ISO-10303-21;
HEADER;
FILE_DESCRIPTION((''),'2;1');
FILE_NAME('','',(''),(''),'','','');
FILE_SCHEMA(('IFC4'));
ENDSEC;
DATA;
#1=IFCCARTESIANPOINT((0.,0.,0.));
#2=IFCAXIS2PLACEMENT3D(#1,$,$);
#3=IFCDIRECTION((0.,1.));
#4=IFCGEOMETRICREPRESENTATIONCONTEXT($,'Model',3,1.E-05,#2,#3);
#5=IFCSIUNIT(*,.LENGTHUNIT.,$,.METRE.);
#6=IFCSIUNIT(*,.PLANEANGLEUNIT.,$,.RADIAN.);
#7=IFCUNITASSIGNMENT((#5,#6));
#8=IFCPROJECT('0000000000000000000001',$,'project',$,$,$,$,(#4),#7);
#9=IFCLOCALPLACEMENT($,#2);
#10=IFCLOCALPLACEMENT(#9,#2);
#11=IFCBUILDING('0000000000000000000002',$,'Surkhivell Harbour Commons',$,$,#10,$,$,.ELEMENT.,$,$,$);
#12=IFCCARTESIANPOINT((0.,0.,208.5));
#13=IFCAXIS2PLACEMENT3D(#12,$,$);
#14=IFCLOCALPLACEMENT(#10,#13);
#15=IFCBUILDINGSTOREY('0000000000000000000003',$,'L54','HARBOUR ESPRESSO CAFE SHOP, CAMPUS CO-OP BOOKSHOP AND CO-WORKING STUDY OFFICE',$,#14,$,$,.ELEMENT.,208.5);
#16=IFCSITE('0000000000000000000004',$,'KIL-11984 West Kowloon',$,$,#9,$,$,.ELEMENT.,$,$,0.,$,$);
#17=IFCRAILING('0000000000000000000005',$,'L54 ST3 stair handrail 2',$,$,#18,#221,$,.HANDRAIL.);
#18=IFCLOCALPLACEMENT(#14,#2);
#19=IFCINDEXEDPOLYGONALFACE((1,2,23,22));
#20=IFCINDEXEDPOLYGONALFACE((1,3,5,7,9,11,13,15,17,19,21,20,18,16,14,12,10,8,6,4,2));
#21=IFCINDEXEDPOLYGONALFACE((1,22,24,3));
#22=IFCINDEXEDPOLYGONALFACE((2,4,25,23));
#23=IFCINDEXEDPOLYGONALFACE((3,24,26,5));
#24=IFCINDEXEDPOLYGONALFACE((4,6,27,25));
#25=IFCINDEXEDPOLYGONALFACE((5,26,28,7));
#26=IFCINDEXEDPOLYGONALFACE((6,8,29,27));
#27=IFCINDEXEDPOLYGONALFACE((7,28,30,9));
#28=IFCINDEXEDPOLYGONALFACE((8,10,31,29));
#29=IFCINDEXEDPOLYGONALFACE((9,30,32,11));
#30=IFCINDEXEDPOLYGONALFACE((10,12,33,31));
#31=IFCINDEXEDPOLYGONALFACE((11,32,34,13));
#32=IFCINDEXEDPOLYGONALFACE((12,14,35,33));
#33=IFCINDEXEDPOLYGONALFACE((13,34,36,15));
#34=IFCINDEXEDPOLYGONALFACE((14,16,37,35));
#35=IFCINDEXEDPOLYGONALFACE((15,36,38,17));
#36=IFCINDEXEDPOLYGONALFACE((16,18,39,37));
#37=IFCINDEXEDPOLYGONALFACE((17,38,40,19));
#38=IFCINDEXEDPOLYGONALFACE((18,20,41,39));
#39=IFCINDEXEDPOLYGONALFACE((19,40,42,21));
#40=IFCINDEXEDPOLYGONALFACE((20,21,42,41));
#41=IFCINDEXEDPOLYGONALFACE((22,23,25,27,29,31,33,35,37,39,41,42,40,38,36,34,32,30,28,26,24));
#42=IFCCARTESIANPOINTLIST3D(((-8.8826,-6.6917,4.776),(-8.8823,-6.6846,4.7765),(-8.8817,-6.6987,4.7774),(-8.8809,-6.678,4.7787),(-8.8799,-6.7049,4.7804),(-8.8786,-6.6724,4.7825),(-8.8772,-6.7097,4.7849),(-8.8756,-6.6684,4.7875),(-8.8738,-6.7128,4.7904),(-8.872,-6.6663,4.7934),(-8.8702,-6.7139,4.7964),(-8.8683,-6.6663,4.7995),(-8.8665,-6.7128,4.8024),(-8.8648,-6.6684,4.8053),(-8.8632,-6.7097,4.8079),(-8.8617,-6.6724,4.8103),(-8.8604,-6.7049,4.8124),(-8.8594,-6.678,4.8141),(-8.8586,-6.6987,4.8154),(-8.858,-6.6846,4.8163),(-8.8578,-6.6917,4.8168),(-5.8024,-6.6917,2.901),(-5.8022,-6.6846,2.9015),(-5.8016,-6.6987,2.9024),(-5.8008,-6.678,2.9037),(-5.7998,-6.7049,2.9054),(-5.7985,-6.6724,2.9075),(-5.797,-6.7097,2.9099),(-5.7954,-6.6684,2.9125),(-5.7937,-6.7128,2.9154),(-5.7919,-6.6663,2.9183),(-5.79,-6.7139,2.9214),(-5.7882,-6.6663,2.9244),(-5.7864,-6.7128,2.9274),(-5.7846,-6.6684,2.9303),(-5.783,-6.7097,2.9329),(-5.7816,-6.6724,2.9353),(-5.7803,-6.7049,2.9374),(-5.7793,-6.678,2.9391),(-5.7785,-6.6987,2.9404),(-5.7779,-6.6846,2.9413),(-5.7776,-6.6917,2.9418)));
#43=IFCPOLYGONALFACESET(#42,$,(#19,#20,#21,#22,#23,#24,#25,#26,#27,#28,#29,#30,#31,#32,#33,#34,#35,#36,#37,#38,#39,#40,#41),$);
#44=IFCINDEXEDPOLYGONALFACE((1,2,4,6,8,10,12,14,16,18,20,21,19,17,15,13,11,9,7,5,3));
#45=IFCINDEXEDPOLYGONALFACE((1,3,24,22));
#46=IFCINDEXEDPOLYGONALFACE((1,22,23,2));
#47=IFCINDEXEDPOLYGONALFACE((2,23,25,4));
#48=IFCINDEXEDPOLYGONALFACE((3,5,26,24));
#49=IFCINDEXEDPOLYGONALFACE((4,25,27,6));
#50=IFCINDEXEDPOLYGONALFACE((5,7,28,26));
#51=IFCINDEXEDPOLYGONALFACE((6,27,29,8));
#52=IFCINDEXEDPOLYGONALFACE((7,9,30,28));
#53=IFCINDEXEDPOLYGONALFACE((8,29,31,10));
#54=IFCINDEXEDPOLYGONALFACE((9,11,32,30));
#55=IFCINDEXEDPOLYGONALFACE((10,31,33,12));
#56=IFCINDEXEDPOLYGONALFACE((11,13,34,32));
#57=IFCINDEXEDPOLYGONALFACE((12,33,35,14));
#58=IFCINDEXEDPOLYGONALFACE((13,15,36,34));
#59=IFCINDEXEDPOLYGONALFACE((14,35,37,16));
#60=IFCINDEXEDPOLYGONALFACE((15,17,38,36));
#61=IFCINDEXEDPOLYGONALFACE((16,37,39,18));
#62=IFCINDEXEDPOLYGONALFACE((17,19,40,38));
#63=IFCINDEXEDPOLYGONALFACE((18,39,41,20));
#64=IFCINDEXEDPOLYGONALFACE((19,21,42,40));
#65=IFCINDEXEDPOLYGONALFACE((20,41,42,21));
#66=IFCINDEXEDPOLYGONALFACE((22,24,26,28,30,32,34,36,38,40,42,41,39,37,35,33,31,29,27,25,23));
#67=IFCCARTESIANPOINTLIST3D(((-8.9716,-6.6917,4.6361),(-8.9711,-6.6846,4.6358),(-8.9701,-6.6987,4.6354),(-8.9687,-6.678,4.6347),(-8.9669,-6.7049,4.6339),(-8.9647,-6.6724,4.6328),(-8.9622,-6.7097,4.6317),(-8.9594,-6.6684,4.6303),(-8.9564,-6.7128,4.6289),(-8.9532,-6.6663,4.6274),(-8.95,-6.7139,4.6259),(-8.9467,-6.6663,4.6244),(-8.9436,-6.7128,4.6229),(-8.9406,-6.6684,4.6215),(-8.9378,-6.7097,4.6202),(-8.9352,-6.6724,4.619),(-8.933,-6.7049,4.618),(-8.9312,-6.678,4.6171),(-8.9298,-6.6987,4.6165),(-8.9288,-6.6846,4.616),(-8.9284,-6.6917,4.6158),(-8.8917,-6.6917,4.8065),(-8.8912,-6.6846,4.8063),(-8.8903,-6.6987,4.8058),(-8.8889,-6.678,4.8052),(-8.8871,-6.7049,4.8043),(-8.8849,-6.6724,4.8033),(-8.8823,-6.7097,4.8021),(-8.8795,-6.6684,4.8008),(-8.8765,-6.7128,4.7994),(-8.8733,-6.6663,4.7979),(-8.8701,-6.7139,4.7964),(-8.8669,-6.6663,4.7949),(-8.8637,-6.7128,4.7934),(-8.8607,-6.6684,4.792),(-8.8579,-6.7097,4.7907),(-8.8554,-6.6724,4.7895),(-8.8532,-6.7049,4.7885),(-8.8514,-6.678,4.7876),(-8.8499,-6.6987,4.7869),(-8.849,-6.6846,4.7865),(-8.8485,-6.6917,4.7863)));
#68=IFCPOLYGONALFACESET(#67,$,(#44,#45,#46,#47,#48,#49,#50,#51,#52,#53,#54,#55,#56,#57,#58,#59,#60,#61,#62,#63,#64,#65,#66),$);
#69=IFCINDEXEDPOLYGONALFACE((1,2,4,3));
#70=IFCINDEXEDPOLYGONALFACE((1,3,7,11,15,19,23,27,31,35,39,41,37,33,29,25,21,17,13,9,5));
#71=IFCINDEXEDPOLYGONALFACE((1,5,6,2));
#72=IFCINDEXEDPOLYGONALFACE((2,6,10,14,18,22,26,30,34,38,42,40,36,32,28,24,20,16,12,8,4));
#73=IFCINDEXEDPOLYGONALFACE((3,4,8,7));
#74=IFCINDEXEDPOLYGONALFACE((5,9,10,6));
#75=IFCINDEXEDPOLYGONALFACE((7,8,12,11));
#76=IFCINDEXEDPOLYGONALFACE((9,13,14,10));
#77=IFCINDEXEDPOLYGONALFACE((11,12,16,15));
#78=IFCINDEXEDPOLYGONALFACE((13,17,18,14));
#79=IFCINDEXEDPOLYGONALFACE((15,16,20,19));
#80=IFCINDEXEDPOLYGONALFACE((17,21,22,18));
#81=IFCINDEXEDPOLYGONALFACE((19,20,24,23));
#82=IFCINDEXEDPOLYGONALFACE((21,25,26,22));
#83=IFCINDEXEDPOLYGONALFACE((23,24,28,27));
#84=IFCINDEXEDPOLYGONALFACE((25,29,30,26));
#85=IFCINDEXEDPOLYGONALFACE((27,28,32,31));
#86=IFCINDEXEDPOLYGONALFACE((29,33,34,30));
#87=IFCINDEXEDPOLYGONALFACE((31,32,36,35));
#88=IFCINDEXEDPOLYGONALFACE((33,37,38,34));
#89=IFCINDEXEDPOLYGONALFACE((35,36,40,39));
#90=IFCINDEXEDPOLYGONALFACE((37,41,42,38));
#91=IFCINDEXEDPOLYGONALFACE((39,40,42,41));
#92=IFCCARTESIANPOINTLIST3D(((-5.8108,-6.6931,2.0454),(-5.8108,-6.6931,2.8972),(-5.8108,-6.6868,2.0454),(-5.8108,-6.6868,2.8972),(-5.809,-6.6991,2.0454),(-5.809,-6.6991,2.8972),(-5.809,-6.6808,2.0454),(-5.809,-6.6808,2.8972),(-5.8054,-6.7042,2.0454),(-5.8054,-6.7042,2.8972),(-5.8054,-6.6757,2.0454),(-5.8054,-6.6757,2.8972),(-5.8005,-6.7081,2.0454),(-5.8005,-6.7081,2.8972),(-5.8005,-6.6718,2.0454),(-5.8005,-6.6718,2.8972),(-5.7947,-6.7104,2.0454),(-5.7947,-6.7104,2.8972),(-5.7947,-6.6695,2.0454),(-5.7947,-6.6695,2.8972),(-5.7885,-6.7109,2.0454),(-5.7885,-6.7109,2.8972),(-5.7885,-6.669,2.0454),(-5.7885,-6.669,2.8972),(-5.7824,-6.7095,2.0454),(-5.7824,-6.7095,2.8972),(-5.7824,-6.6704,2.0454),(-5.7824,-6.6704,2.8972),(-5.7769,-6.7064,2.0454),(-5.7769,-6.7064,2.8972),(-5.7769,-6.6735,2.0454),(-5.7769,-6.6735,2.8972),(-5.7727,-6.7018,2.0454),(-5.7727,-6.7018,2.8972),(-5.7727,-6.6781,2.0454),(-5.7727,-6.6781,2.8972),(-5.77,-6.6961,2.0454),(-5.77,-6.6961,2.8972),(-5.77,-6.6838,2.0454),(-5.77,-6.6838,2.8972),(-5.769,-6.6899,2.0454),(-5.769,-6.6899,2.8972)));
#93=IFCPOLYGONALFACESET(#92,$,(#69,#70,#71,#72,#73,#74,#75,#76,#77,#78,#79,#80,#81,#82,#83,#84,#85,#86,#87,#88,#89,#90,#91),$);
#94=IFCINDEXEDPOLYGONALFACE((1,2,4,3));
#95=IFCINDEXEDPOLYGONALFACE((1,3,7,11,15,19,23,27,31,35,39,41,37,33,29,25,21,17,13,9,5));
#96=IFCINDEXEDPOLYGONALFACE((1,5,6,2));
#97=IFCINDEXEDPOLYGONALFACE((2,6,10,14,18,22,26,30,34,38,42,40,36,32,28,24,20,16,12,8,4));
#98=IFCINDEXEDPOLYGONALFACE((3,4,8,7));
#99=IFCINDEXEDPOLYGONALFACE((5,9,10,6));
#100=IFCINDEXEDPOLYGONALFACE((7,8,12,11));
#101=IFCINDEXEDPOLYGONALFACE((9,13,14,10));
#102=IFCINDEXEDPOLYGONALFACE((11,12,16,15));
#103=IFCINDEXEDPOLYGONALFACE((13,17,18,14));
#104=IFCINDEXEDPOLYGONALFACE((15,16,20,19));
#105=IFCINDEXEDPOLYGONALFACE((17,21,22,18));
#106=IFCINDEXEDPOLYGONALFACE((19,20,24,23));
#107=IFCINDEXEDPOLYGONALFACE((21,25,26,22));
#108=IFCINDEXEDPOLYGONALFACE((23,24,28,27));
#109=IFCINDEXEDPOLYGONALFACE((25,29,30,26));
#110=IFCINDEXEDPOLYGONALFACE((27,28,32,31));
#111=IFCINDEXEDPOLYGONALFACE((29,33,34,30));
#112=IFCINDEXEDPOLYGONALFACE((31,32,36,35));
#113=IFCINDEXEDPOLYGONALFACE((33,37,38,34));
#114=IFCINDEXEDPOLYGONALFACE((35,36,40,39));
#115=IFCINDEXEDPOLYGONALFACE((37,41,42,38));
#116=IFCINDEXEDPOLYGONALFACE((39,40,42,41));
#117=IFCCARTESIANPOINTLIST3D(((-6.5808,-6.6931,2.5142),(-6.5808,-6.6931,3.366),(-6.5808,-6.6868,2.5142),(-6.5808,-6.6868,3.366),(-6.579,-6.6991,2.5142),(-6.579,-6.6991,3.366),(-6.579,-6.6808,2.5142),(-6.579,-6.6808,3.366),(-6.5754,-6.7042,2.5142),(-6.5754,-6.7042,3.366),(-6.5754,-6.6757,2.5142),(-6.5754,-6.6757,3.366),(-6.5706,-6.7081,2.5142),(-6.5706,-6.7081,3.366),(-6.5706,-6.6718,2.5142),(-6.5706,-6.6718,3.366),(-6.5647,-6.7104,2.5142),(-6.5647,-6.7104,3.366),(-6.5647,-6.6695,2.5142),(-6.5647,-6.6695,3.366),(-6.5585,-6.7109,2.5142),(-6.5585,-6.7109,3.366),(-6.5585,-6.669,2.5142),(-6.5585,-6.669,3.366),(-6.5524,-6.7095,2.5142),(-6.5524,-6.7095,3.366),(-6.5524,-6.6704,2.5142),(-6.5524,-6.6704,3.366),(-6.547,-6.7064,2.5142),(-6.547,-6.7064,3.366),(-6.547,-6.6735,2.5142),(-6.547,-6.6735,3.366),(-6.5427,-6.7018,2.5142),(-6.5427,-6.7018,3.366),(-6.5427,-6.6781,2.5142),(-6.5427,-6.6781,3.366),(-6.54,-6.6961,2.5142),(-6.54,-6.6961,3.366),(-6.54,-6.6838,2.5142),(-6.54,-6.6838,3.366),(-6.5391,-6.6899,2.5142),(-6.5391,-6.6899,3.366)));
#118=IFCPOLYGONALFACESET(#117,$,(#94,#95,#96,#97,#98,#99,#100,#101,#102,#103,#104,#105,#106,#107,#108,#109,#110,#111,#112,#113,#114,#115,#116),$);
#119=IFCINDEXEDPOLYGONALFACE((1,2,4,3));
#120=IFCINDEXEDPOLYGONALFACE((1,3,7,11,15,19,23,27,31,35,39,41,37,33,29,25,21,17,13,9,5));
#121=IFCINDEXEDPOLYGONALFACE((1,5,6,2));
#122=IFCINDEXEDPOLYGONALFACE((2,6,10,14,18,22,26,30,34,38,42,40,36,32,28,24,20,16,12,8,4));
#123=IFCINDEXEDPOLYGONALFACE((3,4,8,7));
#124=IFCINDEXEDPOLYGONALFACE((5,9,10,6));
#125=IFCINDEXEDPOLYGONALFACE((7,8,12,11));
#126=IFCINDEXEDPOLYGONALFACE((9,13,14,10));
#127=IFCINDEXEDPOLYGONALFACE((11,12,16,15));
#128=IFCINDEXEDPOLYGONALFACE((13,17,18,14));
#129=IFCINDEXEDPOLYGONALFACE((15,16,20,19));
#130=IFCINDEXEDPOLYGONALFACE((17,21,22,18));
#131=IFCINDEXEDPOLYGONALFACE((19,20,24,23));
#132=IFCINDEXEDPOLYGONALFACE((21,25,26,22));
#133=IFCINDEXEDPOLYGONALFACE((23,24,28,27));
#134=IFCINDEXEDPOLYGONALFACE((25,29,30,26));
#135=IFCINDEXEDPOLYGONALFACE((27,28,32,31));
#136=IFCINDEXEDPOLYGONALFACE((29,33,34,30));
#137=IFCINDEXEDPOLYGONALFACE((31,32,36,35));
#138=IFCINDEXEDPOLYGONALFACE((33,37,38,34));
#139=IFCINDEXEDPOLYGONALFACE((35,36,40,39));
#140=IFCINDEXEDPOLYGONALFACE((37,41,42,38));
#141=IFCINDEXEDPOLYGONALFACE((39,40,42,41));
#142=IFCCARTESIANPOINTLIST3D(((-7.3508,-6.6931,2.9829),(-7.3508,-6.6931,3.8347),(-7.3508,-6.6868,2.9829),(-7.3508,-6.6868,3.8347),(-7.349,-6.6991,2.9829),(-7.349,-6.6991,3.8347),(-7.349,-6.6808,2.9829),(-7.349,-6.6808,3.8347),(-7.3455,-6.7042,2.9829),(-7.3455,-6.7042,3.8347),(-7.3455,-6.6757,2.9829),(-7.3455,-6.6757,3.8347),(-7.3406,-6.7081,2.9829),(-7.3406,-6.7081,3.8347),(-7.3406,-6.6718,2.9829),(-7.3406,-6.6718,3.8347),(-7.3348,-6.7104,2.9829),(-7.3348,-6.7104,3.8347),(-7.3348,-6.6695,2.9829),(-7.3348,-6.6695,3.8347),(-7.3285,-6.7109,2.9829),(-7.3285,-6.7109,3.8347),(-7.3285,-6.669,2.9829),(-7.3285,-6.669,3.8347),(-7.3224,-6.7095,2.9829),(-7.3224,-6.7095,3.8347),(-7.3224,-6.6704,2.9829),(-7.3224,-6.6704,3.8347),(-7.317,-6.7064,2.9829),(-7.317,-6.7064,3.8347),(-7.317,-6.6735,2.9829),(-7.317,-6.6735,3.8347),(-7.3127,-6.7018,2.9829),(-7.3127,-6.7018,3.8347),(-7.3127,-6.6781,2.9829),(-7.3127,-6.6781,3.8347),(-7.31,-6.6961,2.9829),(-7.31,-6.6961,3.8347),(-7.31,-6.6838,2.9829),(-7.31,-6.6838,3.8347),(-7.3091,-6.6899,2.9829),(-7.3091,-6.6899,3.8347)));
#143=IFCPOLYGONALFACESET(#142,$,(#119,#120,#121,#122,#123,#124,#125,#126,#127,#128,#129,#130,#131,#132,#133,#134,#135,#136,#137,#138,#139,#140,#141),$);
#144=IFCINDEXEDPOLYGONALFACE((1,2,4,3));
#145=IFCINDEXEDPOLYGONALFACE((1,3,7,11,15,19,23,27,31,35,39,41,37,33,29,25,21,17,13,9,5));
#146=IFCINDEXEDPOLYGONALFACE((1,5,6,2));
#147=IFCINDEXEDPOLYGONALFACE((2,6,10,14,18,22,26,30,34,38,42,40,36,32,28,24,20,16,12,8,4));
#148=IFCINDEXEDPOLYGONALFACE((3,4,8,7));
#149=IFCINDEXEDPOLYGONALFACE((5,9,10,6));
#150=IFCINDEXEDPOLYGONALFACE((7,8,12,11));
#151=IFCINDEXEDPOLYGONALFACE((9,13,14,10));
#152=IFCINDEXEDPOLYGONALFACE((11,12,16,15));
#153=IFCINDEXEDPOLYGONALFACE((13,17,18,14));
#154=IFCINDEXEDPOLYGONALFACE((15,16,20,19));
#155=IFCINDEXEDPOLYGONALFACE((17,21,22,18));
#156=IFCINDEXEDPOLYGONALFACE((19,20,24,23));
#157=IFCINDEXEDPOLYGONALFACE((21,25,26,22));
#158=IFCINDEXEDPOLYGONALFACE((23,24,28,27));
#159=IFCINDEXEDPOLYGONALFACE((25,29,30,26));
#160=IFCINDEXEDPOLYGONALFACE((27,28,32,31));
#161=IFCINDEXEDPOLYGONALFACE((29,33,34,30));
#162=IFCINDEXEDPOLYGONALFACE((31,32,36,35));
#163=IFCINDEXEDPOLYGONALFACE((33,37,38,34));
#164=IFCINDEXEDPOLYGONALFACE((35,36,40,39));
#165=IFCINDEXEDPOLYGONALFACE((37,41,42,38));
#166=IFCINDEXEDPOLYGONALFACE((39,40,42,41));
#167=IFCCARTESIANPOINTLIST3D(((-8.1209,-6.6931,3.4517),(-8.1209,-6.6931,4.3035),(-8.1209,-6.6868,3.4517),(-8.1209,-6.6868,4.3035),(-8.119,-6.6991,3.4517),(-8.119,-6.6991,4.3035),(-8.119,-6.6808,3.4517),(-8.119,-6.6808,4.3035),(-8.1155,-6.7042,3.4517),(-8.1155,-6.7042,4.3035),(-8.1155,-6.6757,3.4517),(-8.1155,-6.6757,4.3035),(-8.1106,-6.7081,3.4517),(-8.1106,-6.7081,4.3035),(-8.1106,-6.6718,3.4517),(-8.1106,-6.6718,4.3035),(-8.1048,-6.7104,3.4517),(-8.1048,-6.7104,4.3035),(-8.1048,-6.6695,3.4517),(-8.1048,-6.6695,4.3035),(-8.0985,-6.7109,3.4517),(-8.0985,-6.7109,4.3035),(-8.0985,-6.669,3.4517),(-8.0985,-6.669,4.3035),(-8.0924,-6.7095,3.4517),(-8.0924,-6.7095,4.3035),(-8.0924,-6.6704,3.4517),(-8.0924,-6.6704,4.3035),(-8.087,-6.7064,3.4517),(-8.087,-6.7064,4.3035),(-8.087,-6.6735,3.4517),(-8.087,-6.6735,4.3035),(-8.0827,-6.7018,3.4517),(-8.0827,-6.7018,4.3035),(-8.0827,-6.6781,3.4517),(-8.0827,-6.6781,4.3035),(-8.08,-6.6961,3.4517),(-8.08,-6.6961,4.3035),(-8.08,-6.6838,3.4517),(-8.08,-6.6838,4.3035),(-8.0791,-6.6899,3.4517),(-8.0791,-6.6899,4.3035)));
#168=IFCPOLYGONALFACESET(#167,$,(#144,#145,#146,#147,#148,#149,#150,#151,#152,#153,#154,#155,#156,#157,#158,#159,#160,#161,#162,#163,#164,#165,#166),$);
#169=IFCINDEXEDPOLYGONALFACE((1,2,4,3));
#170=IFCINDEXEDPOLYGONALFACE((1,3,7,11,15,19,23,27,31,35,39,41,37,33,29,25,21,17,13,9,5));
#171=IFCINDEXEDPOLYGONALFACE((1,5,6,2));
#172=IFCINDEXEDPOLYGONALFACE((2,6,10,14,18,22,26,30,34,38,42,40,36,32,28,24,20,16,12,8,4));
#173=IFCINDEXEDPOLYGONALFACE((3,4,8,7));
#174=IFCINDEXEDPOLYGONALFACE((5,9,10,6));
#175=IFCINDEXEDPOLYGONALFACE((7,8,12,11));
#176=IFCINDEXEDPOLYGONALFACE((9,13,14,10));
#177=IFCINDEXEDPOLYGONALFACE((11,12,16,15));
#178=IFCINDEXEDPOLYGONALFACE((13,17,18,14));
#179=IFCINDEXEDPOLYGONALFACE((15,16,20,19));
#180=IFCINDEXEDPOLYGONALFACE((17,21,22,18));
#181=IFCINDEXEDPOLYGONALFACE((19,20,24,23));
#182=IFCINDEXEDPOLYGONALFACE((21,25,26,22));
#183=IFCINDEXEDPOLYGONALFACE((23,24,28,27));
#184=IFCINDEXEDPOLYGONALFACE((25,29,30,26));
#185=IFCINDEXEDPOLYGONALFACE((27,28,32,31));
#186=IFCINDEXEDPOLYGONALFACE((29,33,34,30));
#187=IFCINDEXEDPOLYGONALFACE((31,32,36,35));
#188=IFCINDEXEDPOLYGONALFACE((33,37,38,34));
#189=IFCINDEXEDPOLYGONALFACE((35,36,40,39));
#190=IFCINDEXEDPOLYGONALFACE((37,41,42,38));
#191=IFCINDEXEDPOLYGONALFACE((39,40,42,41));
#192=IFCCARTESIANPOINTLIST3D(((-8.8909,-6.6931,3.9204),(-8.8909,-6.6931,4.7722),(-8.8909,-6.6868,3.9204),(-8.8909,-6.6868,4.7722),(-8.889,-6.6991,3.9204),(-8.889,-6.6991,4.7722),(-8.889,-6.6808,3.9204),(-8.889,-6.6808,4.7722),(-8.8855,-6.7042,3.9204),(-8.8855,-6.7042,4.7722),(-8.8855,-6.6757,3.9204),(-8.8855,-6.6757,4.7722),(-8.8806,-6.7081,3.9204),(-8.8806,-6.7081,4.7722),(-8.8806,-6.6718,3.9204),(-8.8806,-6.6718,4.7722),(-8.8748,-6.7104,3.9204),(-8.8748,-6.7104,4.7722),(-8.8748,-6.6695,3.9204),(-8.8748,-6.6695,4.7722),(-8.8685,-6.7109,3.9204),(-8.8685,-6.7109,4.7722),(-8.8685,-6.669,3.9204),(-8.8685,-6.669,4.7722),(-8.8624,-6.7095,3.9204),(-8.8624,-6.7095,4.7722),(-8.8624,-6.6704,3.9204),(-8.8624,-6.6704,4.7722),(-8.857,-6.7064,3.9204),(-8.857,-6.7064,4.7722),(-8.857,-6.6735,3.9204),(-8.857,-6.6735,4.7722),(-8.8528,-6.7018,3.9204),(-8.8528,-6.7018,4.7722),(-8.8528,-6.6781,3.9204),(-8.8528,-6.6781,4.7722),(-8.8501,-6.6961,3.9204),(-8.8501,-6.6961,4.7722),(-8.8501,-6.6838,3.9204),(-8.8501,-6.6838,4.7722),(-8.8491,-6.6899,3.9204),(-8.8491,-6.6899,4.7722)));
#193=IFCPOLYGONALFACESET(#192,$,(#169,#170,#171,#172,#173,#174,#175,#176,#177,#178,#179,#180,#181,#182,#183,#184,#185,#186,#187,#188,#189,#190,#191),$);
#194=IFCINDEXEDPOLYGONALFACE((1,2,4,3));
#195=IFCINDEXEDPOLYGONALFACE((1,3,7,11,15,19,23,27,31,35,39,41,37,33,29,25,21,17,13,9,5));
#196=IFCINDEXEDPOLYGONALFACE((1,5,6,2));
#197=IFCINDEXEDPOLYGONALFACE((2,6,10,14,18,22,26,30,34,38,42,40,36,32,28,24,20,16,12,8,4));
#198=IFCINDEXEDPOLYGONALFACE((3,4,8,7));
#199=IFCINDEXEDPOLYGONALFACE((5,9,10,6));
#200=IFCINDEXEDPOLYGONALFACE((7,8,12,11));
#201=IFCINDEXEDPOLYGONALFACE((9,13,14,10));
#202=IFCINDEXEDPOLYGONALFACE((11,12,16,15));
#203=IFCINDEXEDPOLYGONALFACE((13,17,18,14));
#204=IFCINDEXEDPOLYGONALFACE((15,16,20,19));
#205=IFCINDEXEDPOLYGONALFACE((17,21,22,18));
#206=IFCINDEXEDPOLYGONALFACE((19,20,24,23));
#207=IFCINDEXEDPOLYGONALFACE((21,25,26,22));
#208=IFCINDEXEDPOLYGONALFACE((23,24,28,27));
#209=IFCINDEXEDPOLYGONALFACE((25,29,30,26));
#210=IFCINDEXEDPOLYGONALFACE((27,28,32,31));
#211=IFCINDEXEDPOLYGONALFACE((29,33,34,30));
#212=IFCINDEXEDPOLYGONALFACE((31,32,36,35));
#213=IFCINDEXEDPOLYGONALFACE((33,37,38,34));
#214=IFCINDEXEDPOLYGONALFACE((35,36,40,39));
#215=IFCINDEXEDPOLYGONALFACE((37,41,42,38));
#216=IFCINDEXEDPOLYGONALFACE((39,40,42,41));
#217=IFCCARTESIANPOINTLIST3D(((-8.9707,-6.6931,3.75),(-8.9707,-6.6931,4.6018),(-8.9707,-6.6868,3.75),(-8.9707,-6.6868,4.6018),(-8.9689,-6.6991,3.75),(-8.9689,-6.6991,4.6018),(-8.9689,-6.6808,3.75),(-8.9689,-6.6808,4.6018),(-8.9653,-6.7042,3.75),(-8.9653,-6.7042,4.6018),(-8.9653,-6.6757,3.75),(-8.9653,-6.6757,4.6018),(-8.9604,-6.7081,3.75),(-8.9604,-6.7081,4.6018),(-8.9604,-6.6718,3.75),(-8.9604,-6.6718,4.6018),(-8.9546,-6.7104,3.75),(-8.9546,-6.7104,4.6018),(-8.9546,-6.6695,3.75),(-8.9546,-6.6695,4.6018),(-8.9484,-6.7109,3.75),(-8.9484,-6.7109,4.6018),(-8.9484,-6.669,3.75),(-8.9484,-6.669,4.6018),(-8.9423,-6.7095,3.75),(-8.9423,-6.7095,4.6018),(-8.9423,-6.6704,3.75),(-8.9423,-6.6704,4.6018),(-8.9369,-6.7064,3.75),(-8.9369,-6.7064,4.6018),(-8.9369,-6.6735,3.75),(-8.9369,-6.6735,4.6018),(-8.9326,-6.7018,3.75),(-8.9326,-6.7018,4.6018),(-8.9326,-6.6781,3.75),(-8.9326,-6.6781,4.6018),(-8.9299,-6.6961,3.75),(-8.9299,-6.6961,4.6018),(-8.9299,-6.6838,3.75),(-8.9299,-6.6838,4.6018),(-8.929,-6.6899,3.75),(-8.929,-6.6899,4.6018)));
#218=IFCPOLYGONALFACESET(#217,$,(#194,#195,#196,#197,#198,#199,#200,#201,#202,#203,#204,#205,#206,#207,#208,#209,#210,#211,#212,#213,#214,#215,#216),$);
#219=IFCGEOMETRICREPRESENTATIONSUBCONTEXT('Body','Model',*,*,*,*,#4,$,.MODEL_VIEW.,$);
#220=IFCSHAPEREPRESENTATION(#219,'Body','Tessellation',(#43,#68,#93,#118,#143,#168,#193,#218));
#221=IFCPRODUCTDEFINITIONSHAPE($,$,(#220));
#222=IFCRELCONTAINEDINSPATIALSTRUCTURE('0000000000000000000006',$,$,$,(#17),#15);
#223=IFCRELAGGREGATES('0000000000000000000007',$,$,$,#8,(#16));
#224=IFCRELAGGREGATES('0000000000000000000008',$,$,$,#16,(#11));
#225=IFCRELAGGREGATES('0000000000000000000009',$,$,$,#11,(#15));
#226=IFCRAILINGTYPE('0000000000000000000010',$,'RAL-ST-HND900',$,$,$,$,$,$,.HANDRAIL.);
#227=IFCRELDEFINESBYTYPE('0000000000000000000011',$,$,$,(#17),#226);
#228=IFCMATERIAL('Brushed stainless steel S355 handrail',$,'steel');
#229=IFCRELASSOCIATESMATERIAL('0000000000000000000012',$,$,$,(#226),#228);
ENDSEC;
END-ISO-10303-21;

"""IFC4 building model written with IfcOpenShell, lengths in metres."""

from ifc_helpers import new_model, si_unit, direction, frame, origin, origin_2d, place, context, subcontext, project, spatial, circle, extrude, material, type_object, element, save


model = new_model("IFC4")

# Units and contexts
model_context = context("Model", 3, precision=1e-05, world=origin(), true_north=direction((0.0, 1.0)))
body_context = subcontext(model_context, "Body", "Model", "MODEL_VIEW")
ifc_project = project(units=[si_unit("LENGTHUNIT", "METRE"), si_unit("PLANEANGLEUNIT", "RADIAN")], contexts=[model_context])

# Site, building, storey
site_placement = place(None, origin())
site = spatial("IfcSite", under=ifc_project, at=site_placement, Name="KIL-11984 West Kowloon", CompositionType="ELEMENT", RefElevation=0.0)
building_placement = place(site_placement, origin())
building = spatial("IfcBuilding", under=site, at=building_placement, Name="Surkhivell Harbour Commons", CompositionType="ELEMENT")
storey_placement = place(building_placement, frame((0.0, 0.0, 208.5)))
storey = spatial("IfcBuildingStorey", under=building, at=storey_placement, Name="L54", Description="HARBOUR ESPRESSO CAFE SHOP, CAMPUS CO-OP BOOKSHOP AND CO-WORKING STUDY OFFICE", CompositionType="ELEMENT", Elevation=208.5)

# Railing
ifc_material_1 = material(Name="Brushed stainless steel S355 handrail", Category="steel")
railing_type_1 = type_object("IfcRailingType", Name="RAL-ST-HND900", PredefinedType="HANDRAIL", material=ifc_material_1)
railing_1_placement = place(storey_placement, frame((-5.79, -6.6899, 2.0454)))
element("IfcRailing", 1, at=railing_1_placement, inside=storey, type_object=railing_type_1, Name="L54 ST3 stair handrail 2", PredefinedType="HANDRAIL", context=body_context, shape_type="SweptSolid", body=[
    extrude(circle(Radius=0.0239, at=origin_2d()), frame((0.0, 0.0, 0.876), z_axis=(-0.854178, 0.0, 0.519981), x_axis=(0.0, -1.0, 0.0)), (0.0, 0.0, 1.0), 3.606),
    extrude(circle(Radius=0.0239, at=origin_2d()), frame((-3.0801, 0.0, 2.751), z_axis=(-0.424234, 0.0, -0.905552), x_axis=(0.0, -1.0, 0.0)), (0.0, 0.0, 1.0), 0.1882),
    extrude(circle(Radius=0.021, at=origin_2d()), origin(), (0.0, 0.0, 1.0), 0.8518),
    extrude(circle(Radius=0.021, at=origin_2d()), frame((-0.77, 0.0, 0.4688)), (0.0, 0.0, 1.0), 0.8518),
    extrude(circle(Radius=0.021, at=origin_2d()), frame((-1.54, 0.0, 0.9375)), (0.0, 0.0, 1.0), 0.8518),
    extrude(circle(Radius=0.021, at=origin_2d()), frame((-2.3101, 0.0, 1.4062)), (0.0, 0.0, 1.0), 0.8518),
    extrude(circle(Radius=0.021, at=origin_2d()), frame((-3.0801, 0.0, 1.875)), (0.0, 0.0, 1.0), 0.8518),
    extrude(circle(Radius=0.021, at=origin_2d()), frame((-3.1599, 0.0, 1.7046)), (0.0, 0.0, 1.0), 0.8518),
])

save(model, "model.ifc")
